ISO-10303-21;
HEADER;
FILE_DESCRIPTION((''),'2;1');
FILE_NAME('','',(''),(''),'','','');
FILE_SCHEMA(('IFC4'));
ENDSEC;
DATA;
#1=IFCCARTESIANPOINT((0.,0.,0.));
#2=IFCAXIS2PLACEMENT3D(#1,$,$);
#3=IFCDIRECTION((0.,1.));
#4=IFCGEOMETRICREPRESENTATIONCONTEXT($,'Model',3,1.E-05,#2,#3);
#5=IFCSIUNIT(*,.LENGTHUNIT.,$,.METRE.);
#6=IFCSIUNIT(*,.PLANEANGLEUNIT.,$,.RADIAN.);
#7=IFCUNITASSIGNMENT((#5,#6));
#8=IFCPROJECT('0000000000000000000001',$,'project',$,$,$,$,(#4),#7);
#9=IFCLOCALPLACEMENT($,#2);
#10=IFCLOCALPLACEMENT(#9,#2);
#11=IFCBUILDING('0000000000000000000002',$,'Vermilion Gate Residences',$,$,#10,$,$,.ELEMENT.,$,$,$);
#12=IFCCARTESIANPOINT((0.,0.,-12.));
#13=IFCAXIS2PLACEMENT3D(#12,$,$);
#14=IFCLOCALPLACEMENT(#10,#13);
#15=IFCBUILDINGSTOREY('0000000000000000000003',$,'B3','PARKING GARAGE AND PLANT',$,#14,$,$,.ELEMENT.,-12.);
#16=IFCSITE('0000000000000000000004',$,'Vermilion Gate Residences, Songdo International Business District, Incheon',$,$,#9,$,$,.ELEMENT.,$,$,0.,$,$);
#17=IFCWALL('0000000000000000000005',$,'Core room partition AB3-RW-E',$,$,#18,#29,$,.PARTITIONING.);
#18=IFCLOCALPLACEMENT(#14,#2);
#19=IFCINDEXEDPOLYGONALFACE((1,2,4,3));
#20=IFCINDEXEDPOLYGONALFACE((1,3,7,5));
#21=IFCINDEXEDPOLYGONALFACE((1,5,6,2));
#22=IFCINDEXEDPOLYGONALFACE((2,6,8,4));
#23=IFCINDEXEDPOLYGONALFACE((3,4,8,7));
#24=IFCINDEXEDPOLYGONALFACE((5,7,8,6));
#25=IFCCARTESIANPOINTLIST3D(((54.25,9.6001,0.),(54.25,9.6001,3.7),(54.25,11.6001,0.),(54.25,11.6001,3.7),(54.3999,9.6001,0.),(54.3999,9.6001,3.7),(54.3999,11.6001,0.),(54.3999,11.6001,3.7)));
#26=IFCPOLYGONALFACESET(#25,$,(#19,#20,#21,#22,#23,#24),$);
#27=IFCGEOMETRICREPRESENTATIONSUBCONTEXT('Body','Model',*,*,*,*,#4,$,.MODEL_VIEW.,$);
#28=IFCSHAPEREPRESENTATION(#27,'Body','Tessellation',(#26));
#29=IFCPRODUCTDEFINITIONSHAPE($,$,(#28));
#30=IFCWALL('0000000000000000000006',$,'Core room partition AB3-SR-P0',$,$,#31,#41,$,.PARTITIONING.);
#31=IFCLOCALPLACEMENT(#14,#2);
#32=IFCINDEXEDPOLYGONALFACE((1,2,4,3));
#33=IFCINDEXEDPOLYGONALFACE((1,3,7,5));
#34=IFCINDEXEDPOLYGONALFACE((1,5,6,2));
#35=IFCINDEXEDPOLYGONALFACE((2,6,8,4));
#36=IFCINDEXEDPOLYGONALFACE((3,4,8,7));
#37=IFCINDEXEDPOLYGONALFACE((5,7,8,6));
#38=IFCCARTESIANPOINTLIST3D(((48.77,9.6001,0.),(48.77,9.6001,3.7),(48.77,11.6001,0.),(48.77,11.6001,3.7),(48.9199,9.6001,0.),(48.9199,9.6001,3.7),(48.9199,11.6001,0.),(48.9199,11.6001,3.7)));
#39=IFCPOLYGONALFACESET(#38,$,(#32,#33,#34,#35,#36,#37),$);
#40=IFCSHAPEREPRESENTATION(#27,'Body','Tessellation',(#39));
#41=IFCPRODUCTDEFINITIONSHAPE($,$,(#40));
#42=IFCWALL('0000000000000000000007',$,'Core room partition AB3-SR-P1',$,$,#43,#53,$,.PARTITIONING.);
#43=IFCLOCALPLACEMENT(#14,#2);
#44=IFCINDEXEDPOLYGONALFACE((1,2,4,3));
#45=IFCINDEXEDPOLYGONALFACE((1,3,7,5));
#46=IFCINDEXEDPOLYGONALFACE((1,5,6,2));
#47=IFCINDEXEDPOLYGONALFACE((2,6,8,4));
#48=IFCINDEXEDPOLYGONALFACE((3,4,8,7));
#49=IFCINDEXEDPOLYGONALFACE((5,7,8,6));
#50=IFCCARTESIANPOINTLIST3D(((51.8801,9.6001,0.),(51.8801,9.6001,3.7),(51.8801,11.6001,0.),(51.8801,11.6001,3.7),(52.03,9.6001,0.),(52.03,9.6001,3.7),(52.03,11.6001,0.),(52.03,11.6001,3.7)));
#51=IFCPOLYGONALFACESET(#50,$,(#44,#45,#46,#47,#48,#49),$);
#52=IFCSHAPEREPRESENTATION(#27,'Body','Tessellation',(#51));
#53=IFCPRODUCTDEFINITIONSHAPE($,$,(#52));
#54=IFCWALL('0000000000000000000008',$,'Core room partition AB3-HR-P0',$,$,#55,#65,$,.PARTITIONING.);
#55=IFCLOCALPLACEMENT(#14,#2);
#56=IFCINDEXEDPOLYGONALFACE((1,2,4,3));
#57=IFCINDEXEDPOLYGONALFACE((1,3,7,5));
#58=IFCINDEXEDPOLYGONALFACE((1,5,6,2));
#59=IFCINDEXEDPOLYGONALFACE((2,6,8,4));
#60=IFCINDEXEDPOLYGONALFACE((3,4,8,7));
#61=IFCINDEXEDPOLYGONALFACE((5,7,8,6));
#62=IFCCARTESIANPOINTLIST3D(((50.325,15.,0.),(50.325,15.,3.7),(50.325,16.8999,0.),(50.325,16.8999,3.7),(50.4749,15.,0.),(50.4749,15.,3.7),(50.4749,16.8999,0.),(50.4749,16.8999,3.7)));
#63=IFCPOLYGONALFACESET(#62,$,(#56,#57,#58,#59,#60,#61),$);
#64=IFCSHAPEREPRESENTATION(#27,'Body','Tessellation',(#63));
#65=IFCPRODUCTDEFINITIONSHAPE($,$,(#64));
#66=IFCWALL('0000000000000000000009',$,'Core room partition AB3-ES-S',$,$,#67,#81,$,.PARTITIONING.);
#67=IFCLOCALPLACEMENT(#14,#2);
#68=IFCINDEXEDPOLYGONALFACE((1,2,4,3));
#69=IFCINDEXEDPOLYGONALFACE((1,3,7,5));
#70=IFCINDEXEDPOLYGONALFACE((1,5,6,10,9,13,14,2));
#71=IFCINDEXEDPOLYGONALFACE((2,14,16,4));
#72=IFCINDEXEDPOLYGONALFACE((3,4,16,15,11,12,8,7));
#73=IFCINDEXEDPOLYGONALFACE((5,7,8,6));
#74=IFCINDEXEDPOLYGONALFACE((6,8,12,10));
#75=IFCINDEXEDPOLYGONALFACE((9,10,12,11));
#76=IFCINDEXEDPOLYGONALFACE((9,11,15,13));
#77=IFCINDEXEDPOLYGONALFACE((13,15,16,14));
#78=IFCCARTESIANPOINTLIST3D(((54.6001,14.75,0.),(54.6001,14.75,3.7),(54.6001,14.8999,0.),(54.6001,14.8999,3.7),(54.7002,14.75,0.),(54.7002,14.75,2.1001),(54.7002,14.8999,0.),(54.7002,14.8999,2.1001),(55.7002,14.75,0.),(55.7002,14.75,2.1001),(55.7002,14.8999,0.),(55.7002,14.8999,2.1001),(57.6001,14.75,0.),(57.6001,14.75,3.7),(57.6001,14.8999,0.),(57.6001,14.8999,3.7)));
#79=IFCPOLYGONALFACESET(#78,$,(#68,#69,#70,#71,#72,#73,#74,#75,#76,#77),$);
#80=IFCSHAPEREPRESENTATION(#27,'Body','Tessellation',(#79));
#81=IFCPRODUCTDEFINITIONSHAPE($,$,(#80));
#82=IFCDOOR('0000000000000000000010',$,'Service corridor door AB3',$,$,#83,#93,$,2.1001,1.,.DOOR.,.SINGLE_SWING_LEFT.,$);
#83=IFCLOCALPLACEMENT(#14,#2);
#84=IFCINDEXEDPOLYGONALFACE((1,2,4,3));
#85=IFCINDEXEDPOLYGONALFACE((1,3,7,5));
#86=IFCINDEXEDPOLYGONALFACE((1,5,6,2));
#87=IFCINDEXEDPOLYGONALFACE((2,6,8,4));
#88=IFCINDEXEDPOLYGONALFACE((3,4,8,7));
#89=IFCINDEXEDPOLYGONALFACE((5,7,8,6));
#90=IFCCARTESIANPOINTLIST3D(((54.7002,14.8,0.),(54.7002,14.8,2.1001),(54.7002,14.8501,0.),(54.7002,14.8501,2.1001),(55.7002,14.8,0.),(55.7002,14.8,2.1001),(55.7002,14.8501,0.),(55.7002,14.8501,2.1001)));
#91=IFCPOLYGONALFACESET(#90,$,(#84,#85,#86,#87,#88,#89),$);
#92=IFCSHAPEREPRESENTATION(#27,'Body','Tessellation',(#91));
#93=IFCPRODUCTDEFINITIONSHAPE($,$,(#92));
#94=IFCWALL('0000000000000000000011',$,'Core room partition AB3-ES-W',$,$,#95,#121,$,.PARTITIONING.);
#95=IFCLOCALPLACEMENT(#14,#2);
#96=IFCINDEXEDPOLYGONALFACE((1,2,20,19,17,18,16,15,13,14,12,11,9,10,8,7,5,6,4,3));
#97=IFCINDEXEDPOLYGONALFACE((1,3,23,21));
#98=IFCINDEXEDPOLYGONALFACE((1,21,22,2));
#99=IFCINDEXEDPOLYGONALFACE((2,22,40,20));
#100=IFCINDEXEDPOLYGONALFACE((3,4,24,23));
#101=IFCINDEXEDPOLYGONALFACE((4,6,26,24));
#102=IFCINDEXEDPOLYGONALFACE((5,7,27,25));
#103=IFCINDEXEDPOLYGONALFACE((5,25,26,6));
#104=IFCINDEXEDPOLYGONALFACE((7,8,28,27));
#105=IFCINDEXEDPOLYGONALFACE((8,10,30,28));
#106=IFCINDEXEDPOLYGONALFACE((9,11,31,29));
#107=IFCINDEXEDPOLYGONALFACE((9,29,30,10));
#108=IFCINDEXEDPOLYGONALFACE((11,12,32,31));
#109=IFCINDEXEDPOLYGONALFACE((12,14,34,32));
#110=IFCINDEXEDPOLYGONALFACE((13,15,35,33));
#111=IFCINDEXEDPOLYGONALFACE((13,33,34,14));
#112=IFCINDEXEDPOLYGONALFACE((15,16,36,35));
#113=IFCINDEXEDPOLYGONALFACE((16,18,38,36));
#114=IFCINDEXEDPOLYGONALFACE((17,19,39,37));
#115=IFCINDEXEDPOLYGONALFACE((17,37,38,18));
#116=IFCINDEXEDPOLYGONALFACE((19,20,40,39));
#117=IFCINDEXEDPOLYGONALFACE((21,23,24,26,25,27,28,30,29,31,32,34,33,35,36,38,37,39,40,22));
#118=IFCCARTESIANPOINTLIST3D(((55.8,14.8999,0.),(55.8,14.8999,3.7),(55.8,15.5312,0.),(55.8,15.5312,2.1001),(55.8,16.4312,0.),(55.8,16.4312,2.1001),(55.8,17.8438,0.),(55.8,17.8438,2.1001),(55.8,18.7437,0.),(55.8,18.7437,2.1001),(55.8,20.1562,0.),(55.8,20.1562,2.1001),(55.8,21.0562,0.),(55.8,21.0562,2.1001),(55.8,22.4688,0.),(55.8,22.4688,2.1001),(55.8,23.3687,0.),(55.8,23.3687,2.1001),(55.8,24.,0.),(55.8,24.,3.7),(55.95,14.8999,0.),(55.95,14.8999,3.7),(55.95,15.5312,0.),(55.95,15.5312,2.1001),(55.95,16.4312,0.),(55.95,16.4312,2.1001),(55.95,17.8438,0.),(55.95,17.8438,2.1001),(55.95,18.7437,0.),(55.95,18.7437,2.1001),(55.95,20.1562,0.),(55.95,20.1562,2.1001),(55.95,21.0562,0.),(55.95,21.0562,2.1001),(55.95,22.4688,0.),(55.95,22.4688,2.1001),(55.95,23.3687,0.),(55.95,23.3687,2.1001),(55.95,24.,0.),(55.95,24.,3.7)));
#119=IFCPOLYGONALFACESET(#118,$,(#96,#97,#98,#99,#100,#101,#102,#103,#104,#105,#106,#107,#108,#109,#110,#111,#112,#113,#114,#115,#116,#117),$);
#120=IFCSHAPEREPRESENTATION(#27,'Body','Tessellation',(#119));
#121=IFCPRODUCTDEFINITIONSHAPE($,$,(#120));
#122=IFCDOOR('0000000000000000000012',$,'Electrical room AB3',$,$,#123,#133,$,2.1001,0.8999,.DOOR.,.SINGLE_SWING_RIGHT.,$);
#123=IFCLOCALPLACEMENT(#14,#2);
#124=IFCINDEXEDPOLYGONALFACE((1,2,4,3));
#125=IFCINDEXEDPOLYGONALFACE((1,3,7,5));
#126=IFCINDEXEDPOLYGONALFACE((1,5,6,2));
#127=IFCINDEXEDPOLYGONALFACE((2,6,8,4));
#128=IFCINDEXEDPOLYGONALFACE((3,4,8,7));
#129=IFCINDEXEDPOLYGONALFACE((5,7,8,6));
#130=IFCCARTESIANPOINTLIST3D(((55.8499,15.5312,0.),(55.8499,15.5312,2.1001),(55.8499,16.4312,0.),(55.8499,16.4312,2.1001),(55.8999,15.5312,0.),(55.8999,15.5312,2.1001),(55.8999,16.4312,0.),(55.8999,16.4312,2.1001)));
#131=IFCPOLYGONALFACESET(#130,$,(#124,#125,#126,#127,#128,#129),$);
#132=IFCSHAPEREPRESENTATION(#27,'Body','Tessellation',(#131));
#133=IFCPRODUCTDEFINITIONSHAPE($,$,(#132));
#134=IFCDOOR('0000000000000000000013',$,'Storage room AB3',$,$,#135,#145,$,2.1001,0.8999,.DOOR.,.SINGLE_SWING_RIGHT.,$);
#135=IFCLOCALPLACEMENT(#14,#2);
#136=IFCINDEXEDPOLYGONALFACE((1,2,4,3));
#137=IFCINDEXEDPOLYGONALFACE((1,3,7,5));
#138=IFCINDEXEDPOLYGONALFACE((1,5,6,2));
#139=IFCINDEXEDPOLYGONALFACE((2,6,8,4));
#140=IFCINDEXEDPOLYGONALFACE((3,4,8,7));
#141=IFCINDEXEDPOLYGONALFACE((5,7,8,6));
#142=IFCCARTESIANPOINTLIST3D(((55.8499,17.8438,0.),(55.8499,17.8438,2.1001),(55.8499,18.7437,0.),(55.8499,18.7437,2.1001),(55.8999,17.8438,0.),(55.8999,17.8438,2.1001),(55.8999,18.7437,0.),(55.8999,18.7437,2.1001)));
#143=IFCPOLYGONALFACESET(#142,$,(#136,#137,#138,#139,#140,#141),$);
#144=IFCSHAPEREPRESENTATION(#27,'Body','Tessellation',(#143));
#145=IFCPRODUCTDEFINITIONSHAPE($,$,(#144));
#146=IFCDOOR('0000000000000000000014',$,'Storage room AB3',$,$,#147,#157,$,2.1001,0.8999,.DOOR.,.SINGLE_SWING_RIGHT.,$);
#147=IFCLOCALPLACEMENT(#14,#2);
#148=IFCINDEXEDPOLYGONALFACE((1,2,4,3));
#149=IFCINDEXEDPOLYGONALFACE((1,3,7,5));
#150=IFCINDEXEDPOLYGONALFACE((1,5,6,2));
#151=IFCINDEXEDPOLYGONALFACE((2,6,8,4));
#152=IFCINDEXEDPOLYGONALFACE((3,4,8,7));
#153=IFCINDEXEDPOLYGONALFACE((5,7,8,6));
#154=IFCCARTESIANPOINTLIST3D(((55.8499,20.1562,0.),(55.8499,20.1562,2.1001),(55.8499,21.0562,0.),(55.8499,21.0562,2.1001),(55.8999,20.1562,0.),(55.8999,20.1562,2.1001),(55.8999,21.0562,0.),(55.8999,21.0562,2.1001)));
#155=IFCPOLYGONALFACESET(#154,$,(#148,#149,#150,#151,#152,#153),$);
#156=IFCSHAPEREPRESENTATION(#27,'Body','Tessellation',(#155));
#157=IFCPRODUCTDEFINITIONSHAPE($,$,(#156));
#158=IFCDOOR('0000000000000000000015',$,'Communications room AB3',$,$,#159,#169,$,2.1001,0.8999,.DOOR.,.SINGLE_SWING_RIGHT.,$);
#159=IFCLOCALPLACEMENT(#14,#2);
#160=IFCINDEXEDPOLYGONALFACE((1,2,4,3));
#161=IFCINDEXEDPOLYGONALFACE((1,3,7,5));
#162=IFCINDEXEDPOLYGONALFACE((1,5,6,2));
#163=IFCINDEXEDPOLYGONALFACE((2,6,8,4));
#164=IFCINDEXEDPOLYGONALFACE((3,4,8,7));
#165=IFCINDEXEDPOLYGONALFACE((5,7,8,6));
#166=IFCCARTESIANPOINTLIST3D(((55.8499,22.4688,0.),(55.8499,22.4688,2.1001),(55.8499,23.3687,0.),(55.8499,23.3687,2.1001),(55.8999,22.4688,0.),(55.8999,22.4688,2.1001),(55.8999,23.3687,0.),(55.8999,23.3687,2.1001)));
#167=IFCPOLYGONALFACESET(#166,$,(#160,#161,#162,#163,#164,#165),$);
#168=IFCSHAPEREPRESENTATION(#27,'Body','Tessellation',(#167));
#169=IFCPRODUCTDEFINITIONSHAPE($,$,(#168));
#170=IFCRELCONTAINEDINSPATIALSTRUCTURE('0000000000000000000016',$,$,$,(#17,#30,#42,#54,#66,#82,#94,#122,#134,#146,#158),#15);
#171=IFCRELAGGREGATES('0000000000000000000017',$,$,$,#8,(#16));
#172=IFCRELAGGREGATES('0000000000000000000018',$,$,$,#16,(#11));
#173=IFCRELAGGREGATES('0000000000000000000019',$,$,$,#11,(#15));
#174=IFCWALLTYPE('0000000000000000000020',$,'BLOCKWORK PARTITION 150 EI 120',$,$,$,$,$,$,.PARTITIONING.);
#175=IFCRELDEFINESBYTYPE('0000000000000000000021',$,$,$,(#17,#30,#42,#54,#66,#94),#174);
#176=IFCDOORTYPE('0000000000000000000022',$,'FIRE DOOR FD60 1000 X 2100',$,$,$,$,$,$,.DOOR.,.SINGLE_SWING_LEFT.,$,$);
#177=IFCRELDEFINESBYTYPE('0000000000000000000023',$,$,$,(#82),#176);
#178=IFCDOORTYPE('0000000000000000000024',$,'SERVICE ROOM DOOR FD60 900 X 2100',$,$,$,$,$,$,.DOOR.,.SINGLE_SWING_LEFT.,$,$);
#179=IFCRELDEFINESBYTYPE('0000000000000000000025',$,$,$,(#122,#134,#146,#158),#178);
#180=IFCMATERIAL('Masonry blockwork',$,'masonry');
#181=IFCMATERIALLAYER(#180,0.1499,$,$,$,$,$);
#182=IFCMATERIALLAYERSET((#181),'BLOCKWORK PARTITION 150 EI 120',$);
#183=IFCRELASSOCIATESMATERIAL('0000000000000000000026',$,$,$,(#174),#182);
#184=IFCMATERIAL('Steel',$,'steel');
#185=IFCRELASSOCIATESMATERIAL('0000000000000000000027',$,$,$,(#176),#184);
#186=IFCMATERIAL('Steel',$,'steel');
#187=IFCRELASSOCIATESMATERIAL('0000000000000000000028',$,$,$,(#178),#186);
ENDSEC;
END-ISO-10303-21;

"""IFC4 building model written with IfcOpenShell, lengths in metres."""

from ifc_helpers import new_model, si_unit, direction, frame, frame_2d, origin, place, context, subcontext, project, spatial, rectangle, extrude, material, layer, layer_set, type_object, element, fill, save


model = new_model("IFC4")

# Units and contexts
model_context = context("Model", 3, precision=1e-05, world=origin(), true_north=direction((0.0, 1.0)))
body_context = subcontext(model_context, "Body", "Model", "MODEL_VIEW")
ifc_project = project(units=[si_unit("LENGTHUNIT", "METRE"), si_unit("PLANEANGLEUNIT", "RADIAN")], contexts=[model_context])

# Site, building, storey
site_placement = place(None, origin())
site = spatial("IfcSite", under=ifc_project, at=site_placement, Name="Vermilion Gate Residences, Songdo International Business District, Incheon", CompositionType="ELEMENT", RefElevation=0.0)
building_placement = place(site_placement, origin())
building = spatial("IfcBuilding", under=site, at=building_placement, Name="Vermilion Gate Residences", CompositionType="ELEMENT")
storey_placement = place(building_placement, frame((0.0, 0.0, -12.0)))
storey = spatial("IfcBuildingStorey", under=building, at=storey_placement, Name="B3", Description="PARKING GARAGE AND PLANT", CompositionType="ELEMENT", Elevation=-12.0)

# Walls
ifc_material_1 = material(Name="Masonry blockwork", Category="masonry")
ifc_layer_1 = layer(ifc_material_1, 0.1499)
ifc_layer_set_1 = layer_set([ifc_layer_1], Name="BLOCKWORK PARTITION 150 EI 120")
wall_type_1 = type_object("IfcWallType", Name="BLOCKWORK PARTITION 150 EI 120", PredefinedType="PARTITIONING", material=ifc_layer_set_1)
for number, where, z_axis, x_axis, name in (
    (1, (54.325, 9.6001, 0.0), (0.0, 0.0, 1.0), (0.0, 1.0, 0.0), "Core room partition AB3-RW-E"),
    (2, (48.845, 9.6001, 0.0), (0.0, 0.0, 1.0), (0.0, 1.0, 0.0), "Core room partition AB3-SR-P0"),
    (3, (51.9551, 9.6001, 0.0), (0.0, 0.0, 1.0), (0.0, 1.0, 0.0), "Core room partition AB3-SR-P1"),
):
    element("IfcWall", number, at=place(storey_placement, frame(where, z_axis=z_axis, x_axis=x_axis)), inside=storey, type_object=wall_type_1, Name=name, PredefinedType="PARTITIONING", context=body_context, shape_type="SweptSolid", body=[
        extrude(rectangle(XDim=2.0, YDim=0.1499, at=frame_2d((1.0, 0.0))), origin(), (0.0, 0.0, 1.0), 3.7),
    ])
wall_1_placement = place(storey_placement, frame((50.3999, 15.0, 0.0), z_axis=(0.0, 0.0, 1.0), x_axis=(0.0, 1.0, 0.0)))
element("IfcWall", 4, at=wall_1_placement, inside=storey, type_object=wall_type_1, Name="Core room partition AB3-HR-P0", PredefinedType="PARTITIONING", context=body_context, shape_type="SweptSolid", body=[
    extrude(rectangle(XDim=1.8999, YDim=0.1499, at=frame_2d((0.95, 0.0))), origin(), (0.0, 0.0, 1.0), 3.7),
])

# Wall, opening, door
wall_2_placement = place(storey_placement, frame((54.6001, 14.825, 0.0), z_axis=(0.0, 0.0, 1.0), x_axis=(1.0, 0.0, 0.0)))
wall_2 = element("IfcWall", 5, at=wall_2_placement, inside=storey, type_object=wall_type_1, Name="Core room partition AB3-ES-S", PredefinedType="PARTITIONING", context=body_context, shape_type="SweptSolid", body=[
    extrude(rectangle(XDim=3.0, YDim=0.1499, at=frame_2d((1.5, 0.0))), origin(), (0.0, 0.0, 1.0), 3.7),
])
opening_1_placement = place(wall_2_placement, frame((0.1001, 0.0, 0.0)))
opening_1 = element("IfcOpeningElement", 6, at=opening_1_placement, cuts=wall_2, PredefinedType="OPENING", context=body_context, shape_type="SweptSolid", body=[
    extrude(rectangle(XDim=1.0, YDim=2.1001, at=frame_2d((0.5, 1.05))), frame((0.0, 0.085, 0.0), z_axis=(0.0, -1.0, 0.0), x_axis=(1.0, 0.0, 0.0)), (0.0, 0.0, 1.0), 0.1699),
])
ifc_material_2 = material(Name="Steel", Category="steel")
door_type_1 = type_object("IfcDoorType", Name="FIRE DOOR FD60 1000 X 2100", OperationType="SINGLE_SWING_LEFT", PredefinedType="DOOR", material=ifc_material_2)
door_1_placement = place(opening_1_placement, frame((1.0, 0.0, 0.0), z_axis=(0.0, 0.0, 1.0), x_axis=(-1.0, 0.0, 0.0)))
door_1 = element("IfcDoor", 7, at=door_1_placement, inside=storey, type_object=door_type_1, Name="Service corridor door AB3", OperationType="SINGLE_SWING_LEFT", OverallHeight=2.1001, OverallWidth=1.0, PredefinedType="DOOR", context=body_context, shape_type="SweptSolid", body=[
    extrude(rectangle(XDim=1.0, YDim=2.1001, at=frame_2d((0.5, 1.05))), frame((0.0, 0.0249, 0.0), z_axis=(0.0, -1.0, 0.0), x_axis=(1.0, 0.0, 0.0)), (0.0, 0.0, 1.0), 0.05),
])
fill(opening_1, door_1)

# Wall, openings, doors
wall_3_placement = place(storey_placement, frame((55.875, 14.8999, 0.0), z_axis=(0.0, 0.0, 1.0), x_axis=(0.0, 1.0, 0.0)))
wall_3 = element("IfcWall", 8, at=wall_3_placement, inside=storey, type_object=wall_type_1, Name="Core room partition AB3-ES-W", PredefinedType="PARTITIONING", context=body_context, shape_type="SweptSolid", body=[
    extrude(rectangle(XDim=9.1001, YDim=0.1499, at=frame_2d((4.55, 0.0))), origin(), (0.0, 0.0, 1.0), 3.7),
])
opening_2_placement = place(wall_3_placement, frame((0.6313, 0.0, 0.0)))
opening_2 = element("IfcOpeningElement", 9, at=opening_2_placement, cuts=wall_3, PredefinedType="OPENING", context=body_context, shape_type="SweptSolid", body=[
    extrude(rectangle(XDim=0.8999, YDim=2.1001, at=frame_2d((0.45, 1.05))), frame((0.0, 0.085, 0.0), z_axis=(0.0, -1.0, 0.0), x_axis=(1.0, 0.0, 0.0)), (0.0, 0.0, 1.0), 0.1699),
])
opening_3_placement = place(wall_3_placement, frame((2.9438, 0.0, 0.0)))
opening_3 = element("IfcOpeningElement", 10, at=opening_3_placement, cuts=wall_3, PredefinedType="OPENING", context=body_context, shape_type="SweptSolid", body=[
    extrude(rectangle(XDim=0.8999, YDim=2.1001, at=frame_2d((0.45, 1.05))), frame((0.0, 0.085, 0.0), z_axis=(0.0, -1.0, 0.0), x_axis=(1.0, 0.0, 0.0)), (0.0, 0.0, 1.0), 0.1699),
])
opening_4_placement = place(wall_3_placement, frame((5.2563, 0.0, 0.0)))
opening_4 = element("IfcOpeningElement", 11, at=opening_4_placement, cuts=wall_3, PredefinedType="OPENING", context=body_context, shape_type="SweptSolid", body=[
    extrude(rectangle(XDim=0.8999, YDim=2.1001, at=frame_2d((0.45, 1.05))), frame((0.0, 0.085, 0.0), z_axis=(0.0, -1.0, 0.0), x_axis=(1.0, 0.0, 0.0)), (0.0, 0.0, 1.0), 0.1699),
])
opening_5_placement = place(wall_3_placement, frame((7.5688, 0.0, 0.0)))
opening_5 = element("IfcOpeningElement", 12, at=opening_5_placement, cuts=wall_3, PredefinedType="OPENING", context=body_context, shape_type="SweptSolid", body=[
    extrude(rectangle(XDim=0.8999, YDim=2.1001, at=frame_2d((0.45, 1.05))), frame((0.0, 0.085, 0.0), z_axis=(0.0, -1.0, 0.0), x_axis=(1.0, 0.0, 0.0)), (0.0, 0.0, 1.0), 0.1699),
])
ifc_material_3 = material(Name="Steel", Category="steel")
door_type_2 = type_object("IfcDoorType", Name="SERVICE ROOM DOOR FD60 900 X 2100", OperationType="SINGLE_SWING_LEFT", PredefinedType="DOOR", material=ifc_material_3)
door_2_placement = place(opening_2_placement, frame((0.8999, 0.0, 0.0), z_axis=(0.0, 0.0, 1.0), x_axis=(-1.0, 0.0, 0.0)))
door_2 = element("IfcDoor", 13, at=door_2_placement, inside=storey, type_object=door_type_2, Name="Electrical room AB3", OperationType="SINGLE_SWING_RIGHT", OverallHeight=2.1001, OverallWidth=0.8999, PredefinedType="DOOR", context=body_context, shape_type="SweptSolid", body=[
    extrude(rectangle(XDim=0.8999, YDim=2.1001, at=frame_2d((0.45, 1.05))), frame((0.0, 0.0249, 0.0), z_axis=(0.0, -1.0, 0.0), x_axis=(1.0, 0.0, 0.0)), (0.0, 0.0, 1.0), 0.05),
])
fill(opening_2, door_2)
door_3_placement = place(opening_3_placement, frame((0.8999, 0.0, 0.0), z_axis=(0.0, 0.0, 1.0), x_axis=(-1.0, 0.0, 0.0)))
door_3 = element("IfcDoor", 14, at=door_3_placement, inside=storey, type_object=door_type_2, Name="Storage room AB3", OperationType="SINGLE_SWING_RIGHT", OverallHeight=2.1001, OverallWidth=0.8999, PredefinedType="DOOR", context=body_context, shape_type="SweptSolid", body=[
    extrude(rectangle(XDim=0.8999, YDim=2.1001, at=frame_2d((0.45, 1.05))), frame((0.0, 0.0249, 0.0), z_axis=(0.0, -1.0, 0.0), x_axis=(1.0, 0.0, 0.0)), (0.0, 0.0, 1.0), 0.05),
])
fill(opening_3, door_3)
door_4_placement = place(opening_4_placement, frame((0.8999, 0.0, 0.0), z_axis=(0.0, 0.0, 1.0), x_axis=(-1.0, 0.0, 0.0)))
door_4 = element("IfcDoor", 15, at=door_4_placement, inside=storey, type_object=door_type_2, Name="Storage room AB3", OperationType="SINGLE_SWING_RIGHT", OverallHeight=2.1001, OverallWidth=0.8999, PredefinedType="DOOR", context=body_context, shape_type="SweptSolid", body=[
    extrude(rectangle(XDim=0.8999, YDim=2.1001, at=frame_2d((0.45, 1.05))), frame((0.0, 0.0249, 0.0), z_axis=(0.0, -1.0, 0.0), x_axis=(1.0, 0.0, 0.0)), (0.0, 0.0, 1.0), 0.05),
])
fill(opening_4, door_4)
door_5_placement = place(opening_5_placement, frame((0.8999, 0.0, 0.0), z_axis=(0.0, 0.0, 1.0), x_axis=(-1.0, 0.0, 0.0)))
door_5 = element("IfcDoor", 16, at=door_5_placement, inside=storey, type_object=door_type_2, Name="Communications room AB3", OperationType="SINGLE_SWING_RIGHT", OverallHeight=2.1001, OverallWidth=0.8999, PredefinedType="DOOR", context=body_context, shape_type="SweptSolid", body=[
    extrude(rectangle(XDim=0.8999, YDim=2.1001, at=frame_2d((0.45, 1.05))), frame((0.0, 0.0249, 0.0), z_axis=(0.0, -1.0, 0.0), x_axis=(1.0, 0.0, 0.0)), (0.0, 0.0, 1.0), 0.05),
])
fill(opening_5, door_5)

save(model, "model.ifc")
